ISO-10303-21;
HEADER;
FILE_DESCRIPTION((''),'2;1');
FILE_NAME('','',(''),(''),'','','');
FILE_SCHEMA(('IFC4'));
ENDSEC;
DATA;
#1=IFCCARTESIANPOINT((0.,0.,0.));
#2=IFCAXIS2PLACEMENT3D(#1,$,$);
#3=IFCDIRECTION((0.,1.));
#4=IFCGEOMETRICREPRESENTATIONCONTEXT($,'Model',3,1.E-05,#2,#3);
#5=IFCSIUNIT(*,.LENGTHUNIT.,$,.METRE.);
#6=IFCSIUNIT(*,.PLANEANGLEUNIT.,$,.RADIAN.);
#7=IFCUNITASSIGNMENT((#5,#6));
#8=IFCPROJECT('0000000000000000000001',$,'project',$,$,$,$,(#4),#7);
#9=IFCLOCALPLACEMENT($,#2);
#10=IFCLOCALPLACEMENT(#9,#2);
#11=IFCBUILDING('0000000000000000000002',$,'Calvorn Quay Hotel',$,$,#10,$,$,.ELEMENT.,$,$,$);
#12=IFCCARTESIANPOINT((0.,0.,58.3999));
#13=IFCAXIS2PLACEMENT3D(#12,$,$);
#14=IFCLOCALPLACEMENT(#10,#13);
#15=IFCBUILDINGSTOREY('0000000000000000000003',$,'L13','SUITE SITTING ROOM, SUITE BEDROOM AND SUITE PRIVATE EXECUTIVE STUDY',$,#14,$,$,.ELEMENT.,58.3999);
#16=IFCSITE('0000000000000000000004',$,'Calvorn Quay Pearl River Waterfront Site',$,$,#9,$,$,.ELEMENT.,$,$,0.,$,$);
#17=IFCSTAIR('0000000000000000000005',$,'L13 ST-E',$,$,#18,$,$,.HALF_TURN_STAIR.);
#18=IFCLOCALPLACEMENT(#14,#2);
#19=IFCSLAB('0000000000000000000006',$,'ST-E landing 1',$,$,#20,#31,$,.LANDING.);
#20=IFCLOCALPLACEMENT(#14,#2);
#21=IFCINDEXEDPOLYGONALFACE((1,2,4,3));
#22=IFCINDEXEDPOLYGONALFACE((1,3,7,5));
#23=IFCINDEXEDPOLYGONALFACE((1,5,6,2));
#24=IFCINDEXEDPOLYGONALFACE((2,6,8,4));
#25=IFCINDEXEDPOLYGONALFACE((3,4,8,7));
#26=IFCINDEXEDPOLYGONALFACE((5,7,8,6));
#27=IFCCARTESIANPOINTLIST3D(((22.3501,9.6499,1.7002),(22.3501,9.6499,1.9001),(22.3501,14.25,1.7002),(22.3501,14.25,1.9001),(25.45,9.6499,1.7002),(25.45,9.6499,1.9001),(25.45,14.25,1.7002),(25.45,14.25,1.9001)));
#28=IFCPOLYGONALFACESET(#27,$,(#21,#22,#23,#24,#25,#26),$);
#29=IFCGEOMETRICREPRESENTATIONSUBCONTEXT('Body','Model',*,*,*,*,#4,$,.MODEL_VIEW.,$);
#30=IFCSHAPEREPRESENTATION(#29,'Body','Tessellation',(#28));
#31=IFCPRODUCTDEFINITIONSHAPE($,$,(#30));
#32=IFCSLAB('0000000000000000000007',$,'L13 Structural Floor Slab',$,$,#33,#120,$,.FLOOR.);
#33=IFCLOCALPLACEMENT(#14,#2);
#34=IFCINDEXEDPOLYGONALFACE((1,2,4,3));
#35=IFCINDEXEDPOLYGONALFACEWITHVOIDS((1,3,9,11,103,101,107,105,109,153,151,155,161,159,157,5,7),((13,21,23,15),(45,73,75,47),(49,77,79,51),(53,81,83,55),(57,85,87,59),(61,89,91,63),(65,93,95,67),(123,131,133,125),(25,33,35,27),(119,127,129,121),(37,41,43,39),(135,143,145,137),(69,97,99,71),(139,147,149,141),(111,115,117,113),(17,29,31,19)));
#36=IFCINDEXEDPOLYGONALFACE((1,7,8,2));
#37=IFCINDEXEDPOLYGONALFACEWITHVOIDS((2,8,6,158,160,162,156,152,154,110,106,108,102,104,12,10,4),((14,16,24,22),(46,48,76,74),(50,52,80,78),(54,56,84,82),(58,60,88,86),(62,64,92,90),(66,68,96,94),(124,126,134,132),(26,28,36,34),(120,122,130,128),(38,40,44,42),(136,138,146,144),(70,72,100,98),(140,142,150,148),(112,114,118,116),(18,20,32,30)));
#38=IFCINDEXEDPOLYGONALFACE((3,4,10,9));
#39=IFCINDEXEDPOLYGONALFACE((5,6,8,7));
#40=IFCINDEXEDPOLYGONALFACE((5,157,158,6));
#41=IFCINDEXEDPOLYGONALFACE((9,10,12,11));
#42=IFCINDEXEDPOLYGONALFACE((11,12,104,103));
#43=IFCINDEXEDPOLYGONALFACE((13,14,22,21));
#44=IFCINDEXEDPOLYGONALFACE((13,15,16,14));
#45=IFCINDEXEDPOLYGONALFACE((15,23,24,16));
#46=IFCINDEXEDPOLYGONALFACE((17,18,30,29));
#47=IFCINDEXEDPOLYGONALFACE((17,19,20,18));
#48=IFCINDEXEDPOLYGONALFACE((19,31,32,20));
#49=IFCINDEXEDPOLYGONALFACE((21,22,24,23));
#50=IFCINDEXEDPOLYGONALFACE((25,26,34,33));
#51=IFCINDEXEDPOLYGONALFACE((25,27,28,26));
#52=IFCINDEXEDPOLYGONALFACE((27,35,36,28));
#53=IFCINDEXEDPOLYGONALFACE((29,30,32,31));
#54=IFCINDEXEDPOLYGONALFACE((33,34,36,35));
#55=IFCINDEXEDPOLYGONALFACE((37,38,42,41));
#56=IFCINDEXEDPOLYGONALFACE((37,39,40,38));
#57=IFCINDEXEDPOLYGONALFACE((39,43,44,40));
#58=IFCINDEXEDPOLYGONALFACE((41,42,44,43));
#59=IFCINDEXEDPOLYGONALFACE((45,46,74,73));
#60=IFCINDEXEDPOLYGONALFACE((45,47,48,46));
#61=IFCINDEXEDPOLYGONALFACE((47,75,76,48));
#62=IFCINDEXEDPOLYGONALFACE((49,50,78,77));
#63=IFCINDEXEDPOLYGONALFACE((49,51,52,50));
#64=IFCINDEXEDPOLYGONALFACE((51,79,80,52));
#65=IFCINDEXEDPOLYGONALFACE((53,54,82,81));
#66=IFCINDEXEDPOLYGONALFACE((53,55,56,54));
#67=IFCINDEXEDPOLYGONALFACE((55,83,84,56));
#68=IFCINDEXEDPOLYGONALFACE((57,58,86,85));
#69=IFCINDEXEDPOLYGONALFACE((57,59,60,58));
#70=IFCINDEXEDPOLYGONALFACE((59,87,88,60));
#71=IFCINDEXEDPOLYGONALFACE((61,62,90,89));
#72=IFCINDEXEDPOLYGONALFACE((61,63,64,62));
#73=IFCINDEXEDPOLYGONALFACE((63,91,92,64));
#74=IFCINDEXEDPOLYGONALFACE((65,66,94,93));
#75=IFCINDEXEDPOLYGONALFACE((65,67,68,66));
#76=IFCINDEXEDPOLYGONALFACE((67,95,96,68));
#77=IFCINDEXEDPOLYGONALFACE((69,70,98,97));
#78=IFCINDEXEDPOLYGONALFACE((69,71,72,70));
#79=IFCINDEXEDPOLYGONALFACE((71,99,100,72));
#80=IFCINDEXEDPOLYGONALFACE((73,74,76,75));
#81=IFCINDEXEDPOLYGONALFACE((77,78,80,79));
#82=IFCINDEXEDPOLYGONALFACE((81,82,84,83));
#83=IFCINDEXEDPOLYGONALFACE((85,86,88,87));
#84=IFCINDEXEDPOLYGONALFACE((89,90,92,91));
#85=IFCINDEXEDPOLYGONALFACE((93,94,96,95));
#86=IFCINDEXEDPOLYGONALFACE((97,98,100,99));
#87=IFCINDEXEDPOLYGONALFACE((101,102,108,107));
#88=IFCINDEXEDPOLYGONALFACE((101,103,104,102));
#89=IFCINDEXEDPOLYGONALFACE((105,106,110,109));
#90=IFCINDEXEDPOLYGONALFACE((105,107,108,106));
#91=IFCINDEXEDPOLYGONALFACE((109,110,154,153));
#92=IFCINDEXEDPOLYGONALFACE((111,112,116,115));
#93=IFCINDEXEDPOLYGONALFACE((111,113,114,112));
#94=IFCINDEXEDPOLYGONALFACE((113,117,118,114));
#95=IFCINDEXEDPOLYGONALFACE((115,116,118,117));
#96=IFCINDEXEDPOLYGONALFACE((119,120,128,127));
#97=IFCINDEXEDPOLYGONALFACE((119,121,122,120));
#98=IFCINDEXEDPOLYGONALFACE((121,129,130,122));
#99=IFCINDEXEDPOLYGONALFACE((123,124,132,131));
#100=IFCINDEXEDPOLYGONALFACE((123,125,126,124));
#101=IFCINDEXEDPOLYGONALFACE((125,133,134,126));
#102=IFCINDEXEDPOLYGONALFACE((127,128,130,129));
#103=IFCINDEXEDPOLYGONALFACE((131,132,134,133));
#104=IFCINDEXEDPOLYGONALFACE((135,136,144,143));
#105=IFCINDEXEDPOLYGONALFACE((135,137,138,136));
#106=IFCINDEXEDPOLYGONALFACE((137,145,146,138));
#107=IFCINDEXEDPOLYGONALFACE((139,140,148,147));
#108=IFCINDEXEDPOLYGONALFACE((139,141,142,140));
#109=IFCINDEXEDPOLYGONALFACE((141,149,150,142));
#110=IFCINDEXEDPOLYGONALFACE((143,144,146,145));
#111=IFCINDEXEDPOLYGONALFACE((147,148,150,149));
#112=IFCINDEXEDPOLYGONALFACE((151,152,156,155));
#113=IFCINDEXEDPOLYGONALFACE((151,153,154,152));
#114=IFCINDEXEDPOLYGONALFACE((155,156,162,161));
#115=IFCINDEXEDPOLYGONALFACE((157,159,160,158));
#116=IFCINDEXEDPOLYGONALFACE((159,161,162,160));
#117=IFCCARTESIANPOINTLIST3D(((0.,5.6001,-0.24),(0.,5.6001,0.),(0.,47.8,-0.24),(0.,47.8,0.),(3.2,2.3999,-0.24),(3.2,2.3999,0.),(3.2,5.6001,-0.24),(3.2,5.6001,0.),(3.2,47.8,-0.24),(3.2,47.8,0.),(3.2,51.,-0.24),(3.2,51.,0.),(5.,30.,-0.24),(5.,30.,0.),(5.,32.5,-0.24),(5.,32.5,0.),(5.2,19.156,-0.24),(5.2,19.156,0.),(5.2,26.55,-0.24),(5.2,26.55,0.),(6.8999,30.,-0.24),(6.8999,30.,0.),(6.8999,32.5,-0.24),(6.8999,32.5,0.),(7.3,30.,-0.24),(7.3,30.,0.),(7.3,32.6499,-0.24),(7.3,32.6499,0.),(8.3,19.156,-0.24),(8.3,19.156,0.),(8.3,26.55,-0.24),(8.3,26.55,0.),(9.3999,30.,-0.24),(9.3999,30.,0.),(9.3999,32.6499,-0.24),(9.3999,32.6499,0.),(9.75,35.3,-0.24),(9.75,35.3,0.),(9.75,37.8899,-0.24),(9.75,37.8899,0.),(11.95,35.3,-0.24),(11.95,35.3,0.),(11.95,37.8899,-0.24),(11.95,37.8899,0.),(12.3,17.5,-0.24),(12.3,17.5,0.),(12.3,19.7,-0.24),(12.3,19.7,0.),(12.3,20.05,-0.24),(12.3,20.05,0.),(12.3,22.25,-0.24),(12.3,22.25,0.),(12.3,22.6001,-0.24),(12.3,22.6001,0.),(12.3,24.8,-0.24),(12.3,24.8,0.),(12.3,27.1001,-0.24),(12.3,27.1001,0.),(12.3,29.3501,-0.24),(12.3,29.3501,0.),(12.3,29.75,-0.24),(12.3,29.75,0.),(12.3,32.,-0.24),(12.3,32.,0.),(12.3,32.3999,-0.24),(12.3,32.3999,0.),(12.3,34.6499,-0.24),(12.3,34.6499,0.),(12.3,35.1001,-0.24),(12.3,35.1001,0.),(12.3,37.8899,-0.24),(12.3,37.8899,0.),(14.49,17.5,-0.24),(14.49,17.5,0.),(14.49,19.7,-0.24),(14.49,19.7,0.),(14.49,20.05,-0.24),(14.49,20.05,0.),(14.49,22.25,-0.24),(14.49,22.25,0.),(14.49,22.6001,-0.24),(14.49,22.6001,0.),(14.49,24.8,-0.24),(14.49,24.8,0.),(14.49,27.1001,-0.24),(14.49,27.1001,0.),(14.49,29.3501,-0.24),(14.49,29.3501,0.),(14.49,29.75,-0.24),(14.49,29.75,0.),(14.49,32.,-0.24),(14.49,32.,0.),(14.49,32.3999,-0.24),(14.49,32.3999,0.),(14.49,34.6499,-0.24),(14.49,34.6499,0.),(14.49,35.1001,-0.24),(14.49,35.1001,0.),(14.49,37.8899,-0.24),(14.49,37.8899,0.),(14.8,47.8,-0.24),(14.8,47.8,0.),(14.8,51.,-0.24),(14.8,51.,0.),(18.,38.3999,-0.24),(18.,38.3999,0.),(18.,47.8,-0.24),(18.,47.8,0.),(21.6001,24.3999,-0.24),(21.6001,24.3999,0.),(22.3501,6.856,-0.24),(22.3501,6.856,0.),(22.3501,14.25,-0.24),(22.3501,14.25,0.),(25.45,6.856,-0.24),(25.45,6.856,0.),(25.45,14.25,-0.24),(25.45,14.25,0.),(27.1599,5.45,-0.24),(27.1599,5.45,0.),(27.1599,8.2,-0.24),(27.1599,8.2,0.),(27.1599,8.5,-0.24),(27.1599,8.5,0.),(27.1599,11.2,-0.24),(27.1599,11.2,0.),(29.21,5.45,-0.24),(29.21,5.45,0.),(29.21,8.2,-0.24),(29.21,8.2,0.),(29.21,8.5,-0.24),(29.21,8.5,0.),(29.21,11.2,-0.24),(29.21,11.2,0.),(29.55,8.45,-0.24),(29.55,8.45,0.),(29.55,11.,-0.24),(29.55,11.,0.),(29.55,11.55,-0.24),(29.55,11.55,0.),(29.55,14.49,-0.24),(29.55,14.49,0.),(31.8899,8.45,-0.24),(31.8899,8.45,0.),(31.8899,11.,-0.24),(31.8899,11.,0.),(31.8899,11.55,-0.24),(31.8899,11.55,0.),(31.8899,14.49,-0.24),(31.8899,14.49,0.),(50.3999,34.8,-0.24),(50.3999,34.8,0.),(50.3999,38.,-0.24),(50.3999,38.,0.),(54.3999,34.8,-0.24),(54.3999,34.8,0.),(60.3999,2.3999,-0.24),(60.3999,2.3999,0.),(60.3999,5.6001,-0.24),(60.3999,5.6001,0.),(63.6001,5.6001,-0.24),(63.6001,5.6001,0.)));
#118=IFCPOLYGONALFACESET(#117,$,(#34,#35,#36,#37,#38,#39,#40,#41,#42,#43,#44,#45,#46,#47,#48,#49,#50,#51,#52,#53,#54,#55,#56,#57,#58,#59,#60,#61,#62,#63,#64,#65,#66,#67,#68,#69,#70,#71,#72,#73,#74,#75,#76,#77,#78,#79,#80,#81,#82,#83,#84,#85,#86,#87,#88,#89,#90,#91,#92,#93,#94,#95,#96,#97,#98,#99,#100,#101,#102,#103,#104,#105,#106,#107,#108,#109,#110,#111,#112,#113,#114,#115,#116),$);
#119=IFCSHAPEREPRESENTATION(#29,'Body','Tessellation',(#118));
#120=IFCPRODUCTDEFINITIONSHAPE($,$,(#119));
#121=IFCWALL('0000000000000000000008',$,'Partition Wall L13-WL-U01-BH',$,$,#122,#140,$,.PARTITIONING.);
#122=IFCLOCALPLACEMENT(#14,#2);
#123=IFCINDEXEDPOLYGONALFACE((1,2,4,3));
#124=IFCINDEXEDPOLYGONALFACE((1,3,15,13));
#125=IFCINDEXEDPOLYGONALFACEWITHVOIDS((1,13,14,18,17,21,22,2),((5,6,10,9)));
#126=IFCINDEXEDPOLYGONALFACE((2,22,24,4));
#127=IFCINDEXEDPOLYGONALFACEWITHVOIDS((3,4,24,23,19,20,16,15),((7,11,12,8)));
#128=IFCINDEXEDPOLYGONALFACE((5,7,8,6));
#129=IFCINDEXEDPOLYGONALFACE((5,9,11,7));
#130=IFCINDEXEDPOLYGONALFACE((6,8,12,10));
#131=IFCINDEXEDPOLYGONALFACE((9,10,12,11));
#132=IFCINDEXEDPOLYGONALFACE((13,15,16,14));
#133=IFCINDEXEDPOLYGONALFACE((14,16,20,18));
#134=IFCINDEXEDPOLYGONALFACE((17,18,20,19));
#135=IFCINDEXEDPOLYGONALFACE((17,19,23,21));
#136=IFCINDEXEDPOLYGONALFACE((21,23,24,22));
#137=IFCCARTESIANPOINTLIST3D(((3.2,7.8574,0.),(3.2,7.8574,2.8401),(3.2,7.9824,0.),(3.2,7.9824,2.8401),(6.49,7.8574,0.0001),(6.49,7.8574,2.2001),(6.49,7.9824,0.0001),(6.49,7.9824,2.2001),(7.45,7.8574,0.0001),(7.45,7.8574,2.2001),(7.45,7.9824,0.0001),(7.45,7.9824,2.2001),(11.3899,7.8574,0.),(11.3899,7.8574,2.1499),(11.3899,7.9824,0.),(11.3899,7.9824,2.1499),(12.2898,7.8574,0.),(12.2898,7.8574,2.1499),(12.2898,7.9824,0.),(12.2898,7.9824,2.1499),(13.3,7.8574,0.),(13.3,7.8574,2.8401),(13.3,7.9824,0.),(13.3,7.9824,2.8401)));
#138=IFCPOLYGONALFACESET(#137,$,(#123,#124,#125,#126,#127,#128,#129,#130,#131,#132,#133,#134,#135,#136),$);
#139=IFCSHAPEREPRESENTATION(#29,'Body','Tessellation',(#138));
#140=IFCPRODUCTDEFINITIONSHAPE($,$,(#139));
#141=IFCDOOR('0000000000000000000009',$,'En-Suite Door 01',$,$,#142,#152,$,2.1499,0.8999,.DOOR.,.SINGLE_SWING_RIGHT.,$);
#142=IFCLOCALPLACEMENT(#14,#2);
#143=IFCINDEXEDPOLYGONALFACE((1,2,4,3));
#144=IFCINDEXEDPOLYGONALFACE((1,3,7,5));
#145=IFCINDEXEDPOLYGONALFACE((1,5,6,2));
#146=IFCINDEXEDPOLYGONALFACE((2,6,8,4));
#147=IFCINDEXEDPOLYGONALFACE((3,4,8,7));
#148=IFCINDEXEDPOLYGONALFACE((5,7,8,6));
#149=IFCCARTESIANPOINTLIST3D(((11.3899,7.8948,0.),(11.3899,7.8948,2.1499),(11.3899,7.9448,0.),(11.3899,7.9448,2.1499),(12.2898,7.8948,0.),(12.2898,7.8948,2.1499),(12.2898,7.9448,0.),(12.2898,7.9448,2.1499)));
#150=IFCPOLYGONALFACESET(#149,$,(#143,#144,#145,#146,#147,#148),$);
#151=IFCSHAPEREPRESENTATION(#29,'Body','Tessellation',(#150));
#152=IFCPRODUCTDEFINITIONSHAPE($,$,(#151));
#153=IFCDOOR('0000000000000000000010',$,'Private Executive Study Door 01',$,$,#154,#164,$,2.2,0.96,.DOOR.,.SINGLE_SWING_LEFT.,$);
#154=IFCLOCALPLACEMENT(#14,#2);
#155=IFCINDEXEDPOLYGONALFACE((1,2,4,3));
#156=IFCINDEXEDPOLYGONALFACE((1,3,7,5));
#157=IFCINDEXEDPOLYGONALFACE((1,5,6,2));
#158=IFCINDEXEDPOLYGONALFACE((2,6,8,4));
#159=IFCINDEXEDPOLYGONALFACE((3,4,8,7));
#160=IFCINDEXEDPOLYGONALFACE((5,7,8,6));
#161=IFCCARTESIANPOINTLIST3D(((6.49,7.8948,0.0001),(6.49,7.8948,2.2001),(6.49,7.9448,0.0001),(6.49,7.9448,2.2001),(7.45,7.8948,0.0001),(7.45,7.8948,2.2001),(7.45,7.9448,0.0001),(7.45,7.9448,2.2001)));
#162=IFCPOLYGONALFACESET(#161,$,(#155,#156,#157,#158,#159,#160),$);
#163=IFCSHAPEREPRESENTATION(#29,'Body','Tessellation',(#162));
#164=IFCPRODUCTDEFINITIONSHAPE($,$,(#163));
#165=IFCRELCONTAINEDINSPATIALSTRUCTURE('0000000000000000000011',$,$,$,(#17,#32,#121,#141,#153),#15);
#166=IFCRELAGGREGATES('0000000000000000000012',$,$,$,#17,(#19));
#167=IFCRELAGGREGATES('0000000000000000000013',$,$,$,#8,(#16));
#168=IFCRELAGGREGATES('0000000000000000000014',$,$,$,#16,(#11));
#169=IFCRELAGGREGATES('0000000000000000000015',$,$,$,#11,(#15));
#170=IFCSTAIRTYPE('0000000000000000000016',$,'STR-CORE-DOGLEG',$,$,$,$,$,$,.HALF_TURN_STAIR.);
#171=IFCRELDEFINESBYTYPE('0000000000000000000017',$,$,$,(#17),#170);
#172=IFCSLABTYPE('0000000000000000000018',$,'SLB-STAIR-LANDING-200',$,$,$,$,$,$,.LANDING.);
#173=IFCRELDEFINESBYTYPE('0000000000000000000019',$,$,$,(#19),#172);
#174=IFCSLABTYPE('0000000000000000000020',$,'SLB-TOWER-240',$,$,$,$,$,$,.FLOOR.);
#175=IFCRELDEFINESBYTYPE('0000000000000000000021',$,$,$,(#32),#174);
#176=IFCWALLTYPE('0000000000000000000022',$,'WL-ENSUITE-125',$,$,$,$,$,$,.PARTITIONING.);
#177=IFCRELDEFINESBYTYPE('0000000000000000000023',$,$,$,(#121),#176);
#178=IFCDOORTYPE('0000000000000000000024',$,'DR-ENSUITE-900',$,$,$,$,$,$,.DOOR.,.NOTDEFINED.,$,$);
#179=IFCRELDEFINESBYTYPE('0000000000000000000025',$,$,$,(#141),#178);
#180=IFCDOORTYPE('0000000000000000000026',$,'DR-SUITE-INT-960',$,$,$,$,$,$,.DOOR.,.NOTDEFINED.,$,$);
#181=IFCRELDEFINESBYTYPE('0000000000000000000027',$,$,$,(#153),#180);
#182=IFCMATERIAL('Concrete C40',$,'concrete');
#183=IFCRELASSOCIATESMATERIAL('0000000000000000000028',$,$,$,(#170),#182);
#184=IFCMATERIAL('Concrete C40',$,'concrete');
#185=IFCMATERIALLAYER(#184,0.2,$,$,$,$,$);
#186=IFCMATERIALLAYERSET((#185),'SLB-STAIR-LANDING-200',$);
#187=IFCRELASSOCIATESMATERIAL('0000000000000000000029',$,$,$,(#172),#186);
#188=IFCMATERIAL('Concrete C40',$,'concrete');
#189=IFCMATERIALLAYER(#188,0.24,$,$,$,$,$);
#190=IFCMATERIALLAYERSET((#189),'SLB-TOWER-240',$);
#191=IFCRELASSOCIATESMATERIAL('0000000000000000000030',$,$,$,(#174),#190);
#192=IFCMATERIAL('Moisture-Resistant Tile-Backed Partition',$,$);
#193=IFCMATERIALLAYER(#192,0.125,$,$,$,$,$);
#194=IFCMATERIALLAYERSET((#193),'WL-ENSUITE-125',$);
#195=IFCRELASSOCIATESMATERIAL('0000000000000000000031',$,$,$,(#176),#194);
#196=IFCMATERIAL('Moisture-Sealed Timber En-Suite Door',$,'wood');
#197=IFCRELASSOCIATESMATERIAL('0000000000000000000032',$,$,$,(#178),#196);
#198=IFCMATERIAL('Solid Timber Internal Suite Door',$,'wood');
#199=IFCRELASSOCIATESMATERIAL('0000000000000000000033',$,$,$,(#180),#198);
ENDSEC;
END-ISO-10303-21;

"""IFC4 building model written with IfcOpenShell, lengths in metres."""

from ifc_helpers import new_model, si_unit, direction, frame, frame_2d, origin, place, context, subcontext, project, spatial, polyline, rectangle, outline, extrude, material, layer, layer_set, type_object, element, fill, aggregate, save


model = new_model("IFC4")

# Units and contexts
model_context = context("Model", 3, precision=1e-05, world=origin(), true_north=direction((0.0, 1.0)))
body_context = subcontext(model_context, "Body", "Model", "MODEL_VIEW")
ifc_project = project(units=[si_unit("LENGTHUNIT", "METRE"), si_unit("PLANEANGLEUNIT", "RADIAN")], contexts=[model_context])

# Site, building, storey
site_placement = place(None, origin())
site = spatial("IfcSite", under=ifc_project, at=site_placement, Name="Calvorn Quay Pearl River Waterfront Site", CompositionType="ELEMENT", RefElevation=0.0)
building_placement = place(site_placement, origin())
building = spatial("IfcBuilding", under=site, at=building_placement, Name="Calvorn Quay Hotel", CompositionType="ELEMENT")
storey_placement = place(building_placement, frame((0.0, 0.0, 58.3999)))
storey = spatial("IfcBuildingStorey", under=building, at=storey_placement, Name="L13", Description="SUITE SITTING ROOM, SUITE BEDROOM AND SUITE PRIVATE EXECUTIVE STUDY", CompositionType="ELEMENT", Elevation=58.3999)

# Stair, slab
ifc_material_1 = material(Name="Concrete C40", Category="concrete")
stair_type = type_object("IfcStairType", Name="STR-CORE-DOGLEG", PredefinedType="HALF_TURN_STAIR", material=ifc_material_1)
ifc_material_2 = material(Name="Concrete C40", Category="concrete")
ifc_layer_1 = layer(ifc_material_2, 0.2)
ifc_layer_set_1 = layer_set([ifc_layer_1], Name="SLB-STAIR-LANDING-200")
slab_type_1 = type_object("IfcSlabType", Name="SLB-STAIR-LANDING-200", PredefinedType="LANDING", material=ifc_layer_set_1)
stair_1_placement = place(storey_placement, origin())
stair_1 = element("IfcStair", 1, at=stair_1_placement, inside=storey, type_object=stair_type, Name="L13 ST-E", PredefinedType="HALF_TURN_STAIR")
slab_1_placement = place(storey_placement, frame((0.0, 0.0, 1.7002)))
slab_1 = element("IfcSlab", 2, at=slab_1_placement, type_object=slab_type_1, Name="ST-E landing 1", PredefinedType="LANDING", context=body_context, shape_type="SweptSolid", body=[
    extrude(outline(polyline([(25.45, 9.6499), (25.45, 14.25), (22.3501, 14.25), (22.3501, 9.6499), (25.45, 9.6499)])), origin(), (0.0, 0.0, 1.0), 0.2),
])
aggregate(stair_1, [slab_1])

# Slab
ifc_material_3 = material(Name="Concrete C40", Category="concrete")
ifc_layer_2 = layer(ifc_material_3, 0.24)
ifc_layer_set_2 = layer_set([ifc_layer_2], Name="SLB-TOWER-240")
slab_type_2 = type_object("IfcSlabType", Name="SLB-TOWER-240", PredefinedType="FLOOR", material=ifc_layer_set_2)
slab_2_placement = place(storey_placement, frame((0.0, 0.0, -0.24)))
element("IfcSlab", 3, at=slab_2_placement, inside=storey, type_object=slab_type_2, Name="L13 Structural Floor Slab", PredefinedType="FLOOR", context=body_context, shape_type="SweptSolid", body=[
    extrude(outline(polyline([(0.0, 5.6001), (3.2, 5.6001), (3.2, 2.3999), (60.3999, 2.3999), (60.3999, 5.6001), (63.6001, 5.6001), (54.3999, 34.8), (50.3999, 34.8), (50.3999, 38.0), (21.6001, 24.3999), (18.0, 38.3999), (18.0, 47.8), (14.8, 47.8), (14.8, 51.0), (3.2, 51.0), (3.2, 47.8), (0.0, 47.8), (0.0, 5.6001)]), holes=[polyline([(5.2, 19.156), (8.3, 19.156), (8.3, 26.55), (5.2, 26.55), (5.2, 19.156)]), polyline([(22.3501, 6.856), (25.45, 6.856), (25.45, 14.25), (22.3501, 14.25), (22.3501, 6.856)]), polyline([(5.0, 30.0), (6.8999, 30.0), (6.8999, 32.5), (5.0, 32.5), (5.0, 30.0)]), polyline([(7.3, 30.0), (9.3999, 30.0), (9.3999, 32.6499), (7.3, 32.6499), (7.3, 30.0)]), polyline([(27.1599, 8.5), (29.21, 8.5), (29.21, 11.2), (27.1599, 11.2), (27.1599, 8.5)]), polyline([(27.1599, 5.45), (29.21, 5.45), (29.21, 8.2), (27.1599, 8.2), (27.1599, 5.45)]), polyline([(12.3, 17.5), (14.49, 17.5), (14.49, 19.7), (12.3, 19.7), (12.3, 17.5)]), polyline([(12.3, 20.05), (14.49, 20.05), (14.49, 22.25), (12.3, 22.25), (12.3, 20.05)]), polyline([(12.3, 22.6001), (14.49, 22.6001), (14.49, 24.8), (12.3, 24.8), (12.3, 22.6001)]), polyline([(12.3, 27.1001), (14.49, 27.1001), (14.49, 29.3501), (12.3, 29.3501), (12.3, 27.1001)]), polyline([(12.3, 29.75), (14.49, 29.75), (14.49, 32.0), (12.3, 32.0), (12.3, 29.75)]), polyline([(12.3, 32.3999), (14.49, 32.3999), (14.49, 34.6499), (12.3, 34.6499), (12.3, 32.3999)]), polyline([(12.3, 35.1001), (14.49, 35.1001), (14.49, 37.8899), (12.3, 37.8899), (12.3, 35.1001)]), polyline([(9.75, 35.3), (11.95, 35.3), (11.95, 37.8899), (9.75, 37.8899), (9.75, 35.3)]), polyline([(29.55, 11.55), (31.8899, 11.55), (31.8899, 14.49), (29.55, 14.49), (29.55, 11.55)]), polyline([(29.55, 8.45), (31.8899, 8.45), (31.8899, 11.0), (29.55, 11.0), (29.55, 8.45)])]), origin(), (0.0, 0.0, 1.0), 0.24),
])

# Wall, openings, doors
ifc_material_4 = material(Name="Moisture-Resistant Tile-Backed Partition")
ifc_layer_3 = layer(ifc_material_4, 0.125)
ifc_layer_set_3 = layer_set([ifc_layer_3], Name="WL-ENSUITE-125")
wall_type_1 = type_object("IfcWallType", Name="WL-ENSUITE-125", PredefinedType="PARTITIONING", material=ifc_layer_set_3)
wall_1_placement = place(storey_placement, frame((3.2, 7.9199, 0.0), z_axis=(0.0, 0.0, 1.0), x_axis=(1.0, 0.0, 0.0)))
wall_1 = element("IfcWall", 4, at=wall_1_placement, inside=storey, type_object=wall_type_1, Name="Partition Wall L13-WL-U01-BH", PredefinedType="PARTITIONING", context=body_context, shape_type="SweptSolid", body=[
    extrude(rectangle(XDim=10.1001, YDim=0.125, at=frame_2d((5.05, 0.0))), origin(), (0.0, 0.0, 1.0), 2.8401),
])
opening_1_placement = place(wall_1_placement, frame((3.29, 0.0, 0.0)))
opening_1 = element("IfcOpeningElement", 5, at=opening_1_placement, cuts=wall_1, PredefinedType="OPENING", context=body_context, shape_type="SweptSolid", body=[
    extrude(rectangle(XDim=0.96, YDim=2.2, at=frame_2d((0.48, 1.1001))), frame((0.0, 0.0725, 0.0), z_axis=(0.0, -1.0, 0.0), x_axis=(1.0, 0.0, 0.0)), (0.0, 0.0, 1.0), 0.145),
])
opening_2_placement = place(wall_1_placement, frame((8.1899, 0.0, 0.0)))
opening_2 = element("IfcOpeningElement", 6, at=opening_2_placement, cuts=wall_1, PredefinedType="OPENING", context=body_context, shape_type="SweptSolid", body=[
    extrude(rectangle(XDim=0.8999, YDim=2.1499, at=frame_2d((0.45, 1.075))), frame((0.0, 0.0725, 0.0), z_axis=(0.0, -1.0, 0.0), x_axis=(1.0, 0.0, 0.0)), (0.0, 0.0, 1.0), 0.145),
])
ifc_material_5 = material(Name="Moisture-Sealed Timber En-Suite Door", Category="wood")
door_type_1 = type_object("IfcDoorType", Name="DR-ENSUITE-900", OperationType="NOTDEFINED", PredefinedType="DOOR", material=ifc_material_5)
door_1_placement = place(opening_2_placement, origin())
door_1 = element("IfcDoor", 7, at=door_1_placement, inside=storey, type_object=door_type_1, Name="En-Suite Door 01", OperationType="SINGLE_SWING_RIGHT", OverallHeight=2.1499, OverallWidth=0.8999, PredefinedType="DOOR", context=body_context, shape_type="SweptSolid", body=[
    extrude(rectangle(XDim=0.8999, YDim=2.1499, at=frame_2d((0.45, 1.075))), frame((0.0, 0.0249, 0.0), z_axis=(0.0, -1.0, 0.0), x_axis=(1.0, 0.0, 0.0)), (0.0, 0.0, 1.0), 0.05),
])
fill(opening_2, door_1)
ifc_material_6 = material(Name="Solid Timber Internal Suite Door", Category="wood")
door_type_2 = type_object("IfcDoorType", Name="DR-SUITE-INT-960", OperationType="NOTDEFINED", PredefinedType="DOOR", material=ifc_material_6)
door_2_placement = place(opening_1_placement, origin())
door_2 = element("IfcDoor", 8, at=door_2_placement, inside=storey, type_object=door_type_2, Name="Private Executive Study Door 01", OperationType="SINGLE_SWING_LEFT", OverallHeight=2.2, OverallWidth=0.96, PredefinedType="DOOR", context=body_context, shape_type="SweptSolid", body=[
    extrude(rectangle(XDim=0.96, YDim=2.2, at=frame_2d((0.48, 1.1001))), frame((0.0, 0.0249, 0.0), z_axis=(0.0, -1.0, 0.0), x_axis=(1.0, 0.0, 0.0)), (0.0, 0.0, 1.0), 0.05),
])
fill(opening_1, door_2)

save(model, "model.ifc")
